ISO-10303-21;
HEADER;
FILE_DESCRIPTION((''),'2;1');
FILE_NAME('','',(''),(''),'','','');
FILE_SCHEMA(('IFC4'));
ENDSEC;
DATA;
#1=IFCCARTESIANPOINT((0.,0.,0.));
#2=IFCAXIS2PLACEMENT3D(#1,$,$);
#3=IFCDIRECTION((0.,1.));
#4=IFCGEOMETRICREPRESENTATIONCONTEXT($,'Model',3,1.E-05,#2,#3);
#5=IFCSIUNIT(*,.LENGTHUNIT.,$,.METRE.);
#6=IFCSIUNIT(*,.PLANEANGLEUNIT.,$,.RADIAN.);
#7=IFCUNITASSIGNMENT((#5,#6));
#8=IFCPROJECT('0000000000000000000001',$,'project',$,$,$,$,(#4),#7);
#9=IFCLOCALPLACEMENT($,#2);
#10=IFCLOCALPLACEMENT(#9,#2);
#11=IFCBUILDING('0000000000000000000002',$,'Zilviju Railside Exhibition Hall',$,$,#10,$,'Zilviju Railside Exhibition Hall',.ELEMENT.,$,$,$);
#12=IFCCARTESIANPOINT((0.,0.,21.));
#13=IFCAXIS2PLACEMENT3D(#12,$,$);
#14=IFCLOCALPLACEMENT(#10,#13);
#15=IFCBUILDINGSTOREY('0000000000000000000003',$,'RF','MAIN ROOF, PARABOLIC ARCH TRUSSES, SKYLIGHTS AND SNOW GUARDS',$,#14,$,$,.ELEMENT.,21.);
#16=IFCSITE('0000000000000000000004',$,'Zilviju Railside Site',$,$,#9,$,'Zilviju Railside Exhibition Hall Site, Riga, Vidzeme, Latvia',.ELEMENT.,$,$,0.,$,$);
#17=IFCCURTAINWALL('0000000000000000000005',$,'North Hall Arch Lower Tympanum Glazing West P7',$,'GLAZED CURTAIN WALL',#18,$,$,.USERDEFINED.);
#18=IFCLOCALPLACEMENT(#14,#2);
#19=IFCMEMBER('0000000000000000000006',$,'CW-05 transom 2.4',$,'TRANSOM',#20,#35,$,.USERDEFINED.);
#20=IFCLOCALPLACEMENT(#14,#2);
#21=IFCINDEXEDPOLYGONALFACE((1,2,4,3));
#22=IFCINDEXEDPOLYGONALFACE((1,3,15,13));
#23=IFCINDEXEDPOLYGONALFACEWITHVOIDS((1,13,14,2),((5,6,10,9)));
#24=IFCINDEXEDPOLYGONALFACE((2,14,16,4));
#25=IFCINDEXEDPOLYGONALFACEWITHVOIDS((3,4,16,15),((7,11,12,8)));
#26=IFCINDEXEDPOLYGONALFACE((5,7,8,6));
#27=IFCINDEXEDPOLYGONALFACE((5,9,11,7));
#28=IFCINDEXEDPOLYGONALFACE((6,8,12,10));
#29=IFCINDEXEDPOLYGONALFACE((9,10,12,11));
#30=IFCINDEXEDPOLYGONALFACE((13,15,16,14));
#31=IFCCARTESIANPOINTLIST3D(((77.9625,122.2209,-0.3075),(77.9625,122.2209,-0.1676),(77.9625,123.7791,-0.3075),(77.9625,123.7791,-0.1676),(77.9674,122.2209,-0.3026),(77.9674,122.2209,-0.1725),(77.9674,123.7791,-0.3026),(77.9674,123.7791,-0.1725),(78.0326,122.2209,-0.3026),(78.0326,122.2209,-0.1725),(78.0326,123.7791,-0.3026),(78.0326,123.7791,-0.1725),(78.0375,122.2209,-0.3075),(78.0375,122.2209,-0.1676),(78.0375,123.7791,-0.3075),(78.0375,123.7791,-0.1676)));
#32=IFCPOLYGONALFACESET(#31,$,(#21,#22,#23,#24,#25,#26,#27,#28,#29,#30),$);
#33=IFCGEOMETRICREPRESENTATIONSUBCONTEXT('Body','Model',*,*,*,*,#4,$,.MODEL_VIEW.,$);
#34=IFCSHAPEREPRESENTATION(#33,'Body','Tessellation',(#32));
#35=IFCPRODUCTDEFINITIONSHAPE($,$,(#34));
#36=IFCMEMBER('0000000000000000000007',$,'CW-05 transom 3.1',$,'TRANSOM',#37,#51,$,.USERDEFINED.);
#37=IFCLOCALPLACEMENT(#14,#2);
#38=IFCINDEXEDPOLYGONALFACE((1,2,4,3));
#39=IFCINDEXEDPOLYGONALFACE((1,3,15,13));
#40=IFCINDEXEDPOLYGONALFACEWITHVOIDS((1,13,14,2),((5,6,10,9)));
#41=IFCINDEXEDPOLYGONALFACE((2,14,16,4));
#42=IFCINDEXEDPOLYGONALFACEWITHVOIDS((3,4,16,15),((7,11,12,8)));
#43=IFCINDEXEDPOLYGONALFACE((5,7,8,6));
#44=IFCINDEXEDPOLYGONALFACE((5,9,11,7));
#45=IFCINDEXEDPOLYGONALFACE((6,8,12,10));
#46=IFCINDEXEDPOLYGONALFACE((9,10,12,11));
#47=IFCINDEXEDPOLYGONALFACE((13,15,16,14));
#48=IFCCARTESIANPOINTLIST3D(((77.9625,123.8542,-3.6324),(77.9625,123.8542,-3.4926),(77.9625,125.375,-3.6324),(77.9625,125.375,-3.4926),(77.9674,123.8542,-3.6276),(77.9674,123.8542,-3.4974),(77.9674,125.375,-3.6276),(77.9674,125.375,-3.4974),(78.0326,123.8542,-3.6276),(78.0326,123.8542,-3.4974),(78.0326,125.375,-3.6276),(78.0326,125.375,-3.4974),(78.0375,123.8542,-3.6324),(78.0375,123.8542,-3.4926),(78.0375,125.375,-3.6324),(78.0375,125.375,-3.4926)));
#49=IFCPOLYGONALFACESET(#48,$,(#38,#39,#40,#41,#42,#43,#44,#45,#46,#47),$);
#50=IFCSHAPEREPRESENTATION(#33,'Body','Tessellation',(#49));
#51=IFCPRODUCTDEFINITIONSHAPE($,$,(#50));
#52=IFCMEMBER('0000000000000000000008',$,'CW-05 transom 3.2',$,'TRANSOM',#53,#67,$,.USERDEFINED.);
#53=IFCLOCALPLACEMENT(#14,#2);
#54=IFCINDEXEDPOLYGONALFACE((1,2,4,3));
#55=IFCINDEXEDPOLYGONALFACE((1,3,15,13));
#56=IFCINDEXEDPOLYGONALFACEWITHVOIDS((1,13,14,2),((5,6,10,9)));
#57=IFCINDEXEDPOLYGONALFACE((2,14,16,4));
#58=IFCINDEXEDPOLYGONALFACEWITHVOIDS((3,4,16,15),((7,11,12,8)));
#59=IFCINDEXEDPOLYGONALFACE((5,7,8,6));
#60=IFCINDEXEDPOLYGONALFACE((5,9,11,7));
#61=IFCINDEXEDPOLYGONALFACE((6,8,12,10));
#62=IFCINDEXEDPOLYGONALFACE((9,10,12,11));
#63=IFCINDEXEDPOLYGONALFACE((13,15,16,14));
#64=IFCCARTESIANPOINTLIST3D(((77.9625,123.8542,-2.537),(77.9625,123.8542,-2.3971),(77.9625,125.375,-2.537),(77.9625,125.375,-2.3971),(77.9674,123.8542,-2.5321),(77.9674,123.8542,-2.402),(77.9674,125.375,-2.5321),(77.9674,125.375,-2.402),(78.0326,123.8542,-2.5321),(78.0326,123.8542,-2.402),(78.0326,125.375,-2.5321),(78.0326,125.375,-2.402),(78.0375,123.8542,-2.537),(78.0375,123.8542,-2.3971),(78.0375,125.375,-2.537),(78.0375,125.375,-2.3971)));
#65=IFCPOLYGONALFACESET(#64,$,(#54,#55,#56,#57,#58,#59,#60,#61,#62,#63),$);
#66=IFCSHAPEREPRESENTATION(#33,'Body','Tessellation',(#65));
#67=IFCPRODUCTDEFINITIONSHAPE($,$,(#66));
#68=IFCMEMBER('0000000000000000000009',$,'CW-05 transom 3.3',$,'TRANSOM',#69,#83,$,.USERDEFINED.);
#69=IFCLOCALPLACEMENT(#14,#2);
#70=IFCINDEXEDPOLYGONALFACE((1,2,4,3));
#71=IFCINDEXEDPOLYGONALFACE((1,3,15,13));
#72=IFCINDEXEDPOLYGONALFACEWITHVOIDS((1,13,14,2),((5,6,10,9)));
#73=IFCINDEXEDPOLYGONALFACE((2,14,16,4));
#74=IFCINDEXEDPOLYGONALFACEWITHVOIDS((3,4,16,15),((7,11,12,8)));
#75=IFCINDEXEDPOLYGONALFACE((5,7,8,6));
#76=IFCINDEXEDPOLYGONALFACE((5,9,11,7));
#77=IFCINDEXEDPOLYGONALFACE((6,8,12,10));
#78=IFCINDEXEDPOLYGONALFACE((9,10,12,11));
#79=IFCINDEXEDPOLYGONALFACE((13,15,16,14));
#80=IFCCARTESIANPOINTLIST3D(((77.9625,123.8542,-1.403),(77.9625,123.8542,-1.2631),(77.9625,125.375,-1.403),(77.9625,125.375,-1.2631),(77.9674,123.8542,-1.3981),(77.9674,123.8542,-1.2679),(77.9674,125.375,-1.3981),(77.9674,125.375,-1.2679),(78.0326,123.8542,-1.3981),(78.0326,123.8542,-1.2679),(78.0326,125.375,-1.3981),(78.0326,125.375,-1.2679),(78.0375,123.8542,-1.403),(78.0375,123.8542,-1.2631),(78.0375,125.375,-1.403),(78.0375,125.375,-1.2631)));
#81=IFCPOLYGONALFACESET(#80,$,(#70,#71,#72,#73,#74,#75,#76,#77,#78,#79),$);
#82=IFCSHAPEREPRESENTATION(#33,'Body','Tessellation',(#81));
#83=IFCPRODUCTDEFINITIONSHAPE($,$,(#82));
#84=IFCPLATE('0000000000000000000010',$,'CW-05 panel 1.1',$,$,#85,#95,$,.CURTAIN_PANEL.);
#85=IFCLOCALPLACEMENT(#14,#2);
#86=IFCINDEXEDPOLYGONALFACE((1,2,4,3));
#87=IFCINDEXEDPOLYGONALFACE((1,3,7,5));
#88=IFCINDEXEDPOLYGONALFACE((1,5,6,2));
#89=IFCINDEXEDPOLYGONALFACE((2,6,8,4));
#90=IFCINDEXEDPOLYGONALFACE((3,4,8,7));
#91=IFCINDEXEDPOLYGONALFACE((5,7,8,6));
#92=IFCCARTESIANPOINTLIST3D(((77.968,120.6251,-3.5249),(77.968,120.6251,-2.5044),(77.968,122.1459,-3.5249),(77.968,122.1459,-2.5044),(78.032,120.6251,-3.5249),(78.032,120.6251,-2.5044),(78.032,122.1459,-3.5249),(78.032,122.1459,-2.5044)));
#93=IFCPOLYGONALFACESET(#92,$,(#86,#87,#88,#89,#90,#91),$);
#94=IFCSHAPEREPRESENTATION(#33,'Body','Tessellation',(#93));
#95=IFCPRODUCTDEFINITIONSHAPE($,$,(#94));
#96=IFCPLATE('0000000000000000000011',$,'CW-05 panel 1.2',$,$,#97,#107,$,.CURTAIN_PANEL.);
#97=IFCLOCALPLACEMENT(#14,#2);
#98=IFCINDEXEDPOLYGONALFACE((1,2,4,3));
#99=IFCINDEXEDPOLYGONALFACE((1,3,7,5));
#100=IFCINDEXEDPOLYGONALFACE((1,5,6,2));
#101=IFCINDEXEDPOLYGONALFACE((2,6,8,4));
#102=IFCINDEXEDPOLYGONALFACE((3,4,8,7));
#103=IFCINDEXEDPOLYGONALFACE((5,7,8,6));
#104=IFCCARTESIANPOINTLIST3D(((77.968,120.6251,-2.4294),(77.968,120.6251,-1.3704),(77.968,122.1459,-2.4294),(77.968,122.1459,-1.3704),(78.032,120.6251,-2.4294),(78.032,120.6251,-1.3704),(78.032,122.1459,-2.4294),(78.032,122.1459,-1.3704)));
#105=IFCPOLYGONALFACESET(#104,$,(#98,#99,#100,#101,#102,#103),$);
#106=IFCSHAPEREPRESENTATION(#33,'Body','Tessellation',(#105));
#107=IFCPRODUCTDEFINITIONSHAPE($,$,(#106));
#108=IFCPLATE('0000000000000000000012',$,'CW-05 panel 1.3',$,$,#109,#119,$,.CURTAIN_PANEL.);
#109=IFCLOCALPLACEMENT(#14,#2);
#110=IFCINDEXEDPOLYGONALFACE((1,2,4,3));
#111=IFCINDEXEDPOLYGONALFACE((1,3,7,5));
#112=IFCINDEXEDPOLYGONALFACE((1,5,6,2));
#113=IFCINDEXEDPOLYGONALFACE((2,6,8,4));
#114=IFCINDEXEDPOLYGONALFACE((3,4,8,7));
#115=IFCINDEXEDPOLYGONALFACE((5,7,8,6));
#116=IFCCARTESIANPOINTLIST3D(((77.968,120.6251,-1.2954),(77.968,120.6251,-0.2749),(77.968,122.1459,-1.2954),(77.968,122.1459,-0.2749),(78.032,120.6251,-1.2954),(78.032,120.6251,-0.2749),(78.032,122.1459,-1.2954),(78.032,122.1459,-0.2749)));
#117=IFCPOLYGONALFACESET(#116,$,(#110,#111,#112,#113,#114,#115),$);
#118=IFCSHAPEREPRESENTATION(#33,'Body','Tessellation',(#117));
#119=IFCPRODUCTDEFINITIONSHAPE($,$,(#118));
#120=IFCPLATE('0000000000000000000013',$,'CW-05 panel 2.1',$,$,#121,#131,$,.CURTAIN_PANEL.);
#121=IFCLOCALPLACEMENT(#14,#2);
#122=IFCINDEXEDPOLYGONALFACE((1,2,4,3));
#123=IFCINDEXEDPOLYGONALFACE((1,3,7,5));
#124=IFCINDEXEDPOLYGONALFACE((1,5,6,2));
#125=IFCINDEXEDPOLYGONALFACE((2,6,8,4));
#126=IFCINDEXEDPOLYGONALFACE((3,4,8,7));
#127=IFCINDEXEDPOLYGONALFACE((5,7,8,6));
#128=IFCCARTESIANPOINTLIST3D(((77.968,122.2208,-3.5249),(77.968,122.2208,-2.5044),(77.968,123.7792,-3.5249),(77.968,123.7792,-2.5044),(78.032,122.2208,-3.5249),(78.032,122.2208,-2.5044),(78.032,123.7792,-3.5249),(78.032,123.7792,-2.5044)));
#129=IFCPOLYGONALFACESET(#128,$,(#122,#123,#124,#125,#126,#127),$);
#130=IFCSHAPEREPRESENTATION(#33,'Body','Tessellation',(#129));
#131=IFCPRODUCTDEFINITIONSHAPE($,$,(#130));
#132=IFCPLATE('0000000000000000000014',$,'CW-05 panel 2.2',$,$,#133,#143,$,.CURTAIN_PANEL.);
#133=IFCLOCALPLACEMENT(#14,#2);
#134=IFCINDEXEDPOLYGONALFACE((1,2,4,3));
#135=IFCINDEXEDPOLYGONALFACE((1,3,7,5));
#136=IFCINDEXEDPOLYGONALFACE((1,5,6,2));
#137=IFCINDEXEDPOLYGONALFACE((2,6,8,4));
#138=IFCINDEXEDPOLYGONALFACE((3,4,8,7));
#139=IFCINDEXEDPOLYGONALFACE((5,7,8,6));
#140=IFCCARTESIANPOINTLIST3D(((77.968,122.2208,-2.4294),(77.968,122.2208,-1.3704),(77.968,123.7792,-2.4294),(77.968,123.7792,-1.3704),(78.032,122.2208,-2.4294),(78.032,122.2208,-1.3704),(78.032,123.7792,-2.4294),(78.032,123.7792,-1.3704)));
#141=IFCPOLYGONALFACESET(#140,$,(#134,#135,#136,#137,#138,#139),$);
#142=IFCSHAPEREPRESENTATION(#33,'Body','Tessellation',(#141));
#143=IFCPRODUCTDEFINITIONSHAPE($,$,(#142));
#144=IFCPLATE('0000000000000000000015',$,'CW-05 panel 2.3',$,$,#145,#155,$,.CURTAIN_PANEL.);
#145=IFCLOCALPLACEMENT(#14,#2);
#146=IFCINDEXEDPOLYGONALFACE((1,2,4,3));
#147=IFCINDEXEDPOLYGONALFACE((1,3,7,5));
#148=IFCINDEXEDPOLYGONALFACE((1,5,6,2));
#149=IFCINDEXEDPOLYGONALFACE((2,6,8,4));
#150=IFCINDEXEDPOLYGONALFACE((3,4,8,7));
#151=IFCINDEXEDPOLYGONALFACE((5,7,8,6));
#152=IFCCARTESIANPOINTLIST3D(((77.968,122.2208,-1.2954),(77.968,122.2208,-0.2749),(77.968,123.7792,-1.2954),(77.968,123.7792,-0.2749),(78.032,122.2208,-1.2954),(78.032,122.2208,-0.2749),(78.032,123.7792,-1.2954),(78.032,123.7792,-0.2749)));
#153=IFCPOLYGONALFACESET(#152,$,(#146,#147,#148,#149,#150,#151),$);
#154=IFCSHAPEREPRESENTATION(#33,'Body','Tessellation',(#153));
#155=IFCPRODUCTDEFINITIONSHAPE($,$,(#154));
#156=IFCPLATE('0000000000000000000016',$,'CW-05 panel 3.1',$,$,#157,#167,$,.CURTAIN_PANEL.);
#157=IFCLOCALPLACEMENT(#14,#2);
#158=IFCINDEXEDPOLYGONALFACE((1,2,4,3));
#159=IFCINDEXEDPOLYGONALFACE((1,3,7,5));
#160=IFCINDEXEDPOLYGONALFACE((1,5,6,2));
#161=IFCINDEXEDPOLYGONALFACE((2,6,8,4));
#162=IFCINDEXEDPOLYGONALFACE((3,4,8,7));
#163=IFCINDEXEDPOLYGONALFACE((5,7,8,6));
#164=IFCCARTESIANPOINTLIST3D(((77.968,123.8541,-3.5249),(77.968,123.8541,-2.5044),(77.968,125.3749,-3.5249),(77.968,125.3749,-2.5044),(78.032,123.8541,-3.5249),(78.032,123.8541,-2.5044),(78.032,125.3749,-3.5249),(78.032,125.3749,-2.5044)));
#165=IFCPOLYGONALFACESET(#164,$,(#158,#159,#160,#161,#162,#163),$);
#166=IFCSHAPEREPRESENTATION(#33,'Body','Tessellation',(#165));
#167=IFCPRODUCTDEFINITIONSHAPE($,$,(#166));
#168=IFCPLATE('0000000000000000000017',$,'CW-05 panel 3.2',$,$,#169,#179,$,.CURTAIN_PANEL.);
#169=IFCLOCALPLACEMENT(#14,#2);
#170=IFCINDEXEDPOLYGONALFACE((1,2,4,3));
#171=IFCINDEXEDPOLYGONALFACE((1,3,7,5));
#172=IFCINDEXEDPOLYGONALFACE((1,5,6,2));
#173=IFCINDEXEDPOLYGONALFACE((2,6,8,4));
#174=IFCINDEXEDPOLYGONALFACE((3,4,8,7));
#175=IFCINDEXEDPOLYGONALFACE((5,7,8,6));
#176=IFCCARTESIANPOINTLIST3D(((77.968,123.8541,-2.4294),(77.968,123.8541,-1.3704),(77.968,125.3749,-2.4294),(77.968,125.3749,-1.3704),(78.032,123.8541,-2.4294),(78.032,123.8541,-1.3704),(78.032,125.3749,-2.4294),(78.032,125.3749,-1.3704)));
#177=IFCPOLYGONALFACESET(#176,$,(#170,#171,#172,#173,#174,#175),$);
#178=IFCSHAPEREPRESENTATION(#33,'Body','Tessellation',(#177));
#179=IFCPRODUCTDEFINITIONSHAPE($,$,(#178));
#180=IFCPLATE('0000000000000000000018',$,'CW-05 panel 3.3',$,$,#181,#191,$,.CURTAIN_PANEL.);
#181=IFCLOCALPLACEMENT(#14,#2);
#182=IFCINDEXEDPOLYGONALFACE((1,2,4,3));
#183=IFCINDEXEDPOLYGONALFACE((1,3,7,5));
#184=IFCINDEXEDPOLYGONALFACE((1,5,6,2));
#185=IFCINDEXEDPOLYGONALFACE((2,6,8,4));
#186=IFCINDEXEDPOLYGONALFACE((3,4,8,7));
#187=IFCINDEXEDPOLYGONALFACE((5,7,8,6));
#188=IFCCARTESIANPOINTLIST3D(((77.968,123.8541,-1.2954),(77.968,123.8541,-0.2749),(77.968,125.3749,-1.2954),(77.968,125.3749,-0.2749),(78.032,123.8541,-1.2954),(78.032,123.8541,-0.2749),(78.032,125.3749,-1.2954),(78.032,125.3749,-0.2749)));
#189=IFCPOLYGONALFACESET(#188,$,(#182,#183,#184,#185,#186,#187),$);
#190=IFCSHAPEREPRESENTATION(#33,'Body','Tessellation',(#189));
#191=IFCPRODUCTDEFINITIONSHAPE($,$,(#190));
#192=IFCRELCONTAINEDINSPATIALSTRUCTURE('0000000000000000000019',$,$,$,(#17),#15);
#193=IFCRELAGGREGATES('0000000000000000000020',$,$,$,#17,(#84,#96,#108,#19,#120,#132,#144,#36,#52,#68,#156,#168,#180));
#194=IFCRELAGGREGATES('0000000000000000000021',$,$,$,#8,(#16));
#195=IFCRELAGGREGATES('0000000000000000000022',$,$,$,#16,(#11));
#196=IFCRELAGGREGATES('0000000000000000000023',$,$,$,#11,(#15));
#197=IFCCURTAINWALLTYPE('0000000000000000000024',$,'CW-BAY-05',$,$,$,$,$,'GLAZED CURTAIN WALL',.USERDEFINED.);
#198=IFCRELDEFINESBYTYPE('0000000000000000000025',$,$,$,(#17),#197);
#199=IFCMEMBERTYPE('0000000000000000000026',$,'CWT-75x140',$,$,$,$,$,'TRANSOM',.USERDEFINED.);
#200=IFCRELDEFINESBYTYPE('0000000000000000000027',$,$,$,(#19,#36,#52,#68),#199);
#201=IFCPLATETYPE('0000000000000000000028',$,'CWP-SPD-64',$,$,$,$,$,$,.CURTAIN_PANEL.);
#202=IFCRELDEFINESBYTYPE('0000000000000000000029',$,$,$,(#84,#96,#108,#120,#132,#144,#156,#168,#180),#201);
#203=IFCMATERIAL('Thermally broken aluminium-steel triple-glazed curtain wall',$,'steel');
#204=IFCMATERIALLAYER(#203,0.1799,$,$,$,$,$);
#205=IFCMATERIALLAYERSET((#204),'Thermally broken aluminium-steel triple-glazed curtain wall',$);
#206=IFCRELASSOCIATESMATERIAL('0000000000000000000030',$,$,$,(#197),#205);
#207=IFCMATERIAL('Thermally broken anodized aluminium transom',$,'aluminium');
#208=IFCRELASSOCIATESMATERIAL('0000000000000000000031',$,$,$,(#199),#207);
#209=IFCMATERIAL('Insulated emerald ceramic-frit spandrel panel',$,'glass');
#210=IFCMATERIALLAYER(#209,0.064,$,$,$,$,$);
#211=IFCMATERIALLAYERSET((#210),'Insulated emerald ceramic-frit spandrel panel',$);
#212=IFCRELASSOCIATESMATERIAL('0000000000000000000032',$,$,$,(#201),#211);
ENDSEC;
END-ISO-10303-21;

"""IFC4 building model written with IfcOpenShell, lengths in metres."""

from ifc_helpers import new_model, si_unit, direction, frame, origin, origin_2d, place, context, subcontext, project, spatial, rectangle, hollow_rectangle, extrude, material, layer, layer_set, material_profile, profile_set, type_object, element, aggregate, save


model = new_model("IFC4")

# Units and contexts
model_context = context("Model", 3, precision=1e-05, world=origin(), true_north=direction((0.0, 1.0)))
body_context = subcontext(model_context, "Body", "Model", "MODEL_VIEW")
ifc_project = project(units=[si_unit("LENGTHUNIT", "METRE"), si_unit("PLANEANGLEUNIT", "RADIAN")], contexts=[model_context])

# Site, building, storey
site_placement = place(None, origin())
site = spatial("IfcSite", under=ifc_project, at=site_placement, Name="Zilviju Railside Site", LongName="Zilviju Railside Exhibition Hall Site, Riga, Vidzeme, Latvia", CompositionType="ELEMENT", RefElevation=0.0)
building_placement = place(site_placement, origin())
building = spatial("IfcBuilding", under=site, at=building_placement, Name="Zilviju Railside Exhibition Hall", LongName="Zilviju Railside Exhibition Hall", CompositionType="ELEMENT")
storey_placement = place(building_placement, frame((0.0, 0.0, 21.0)))
storey = spatial("IfcBuildingStorey", under=building, at=storey_placement, Name="RF", Description="MAIN ROOF, PARABOLIC ARCH TRUSSES, SKYLIGHTS AND SNOW GUARDS", CompositionType="ELEMENT", Elevation=21.0)

# Curtain wall, members, plates
ifc_material_1 = material(Name="Thermally broken aluminium-steel triple-glazed curtain wall", Category="steel")
ifc_layer_1 = layer(ifc_material_1, 0.1799)
ifc_layer_set_1 = layer_set([ifc_layer_1], Name="Thermally broken aluminium-steel triple-glazed curtain wall")
curtain_wall_type = type_object("IfcCurtainWallType", Name="CW-BAY-05", ElementType="GLAZED CURTAIN WALL", PredefinedType="USERDEFINED", material=ifc_layer_set_1)
curtain_wall_placement = place(storey_placement, origin())
curtain_wall = element("IfcCurtainWall", 1, at=curtain_wall_placement, inside=storey, type_object=curtain_wall_type, Name="North Hall Arch Lower Tympanum Glazing West P7", ObjectType="GLAZED CURTAIN WALL", PredefinedType="USERDEFINED")
ifc_material_2 = material(Name="Thermally broken anodized aluminium transom", Category="aluminium")
ifc_material_profile_1 = material_profile(ifc_material_2, hollow_rectangle(XDim=0.075, YDim=0.1399, WallThickness=0.0049, at=origin_2d()), Name="TRANSOM 140x75x5")
ifc_profile_set_1 = profile_set([ifc_material_profile_1], Name="Thermally broken anodized aluminium transom")
member_type_1 = type_object("IfcMemberType", Name="CWT-75x140", ElementType="TRANSOM", PredefinedType="USERDEFINED", material=ifc_profile_set_1)
member_1_placement = place(storey_placement, frame((78.0, 122.2209, -0.2375), z_axis=(0.0, 1.0, 0.0), x_axis=(-1.0, 0.0, 0.0)))
member_1 = element("IfcMember", 2, at=member_1_placement, type_object=member_type_1, Name="CW-05 transom 2.4", ObjectType="TRANSOM", PredefinedType="USERDEFINED", context=body_context, shape_type="SweptSolid", body=[
    extrude(hollow_rectangle(XDim=0.075, YDim=0.1399, WallThickness=0.0049, at=origin_2d()), origin(), (0.0, 0.0, 1.0), 1.5581),
])
member_2_placement = place(storey_placement, frame((78.0, 123.8542, -3.5625), z_axis=(0.0, 1.0, 0.0), x_axis=(-1.0, 0.0, 0.0)))
member_2 = element("IfcMember", 3, at=member_2_placement, type_object=member_type_1, Name="CW-05 transom 3.1", ObjectType="TRANSOM", PredefinedType="USERDEFINED", context=body_context, shape_type="SweptSolid", body=[
    extrude(hollow_rectangle(XDim=0.075, YDim=0.1399, WallThickness=0.0049, at=origin_2d()), origin(), (0.0, 0.0, 1.0), 1.5208),
])
member_3_placement = place(storey_placement, frame((78.0, 123.8542, -2.467), z_axis=(0.0, 1.0, 0.0), x_axis=(-1.0, 0.0, 0.0)))
member_3 = element("IfcMember", 4, at=member_3_placement, type_object=member_type_1, Name="CW-05 transom 3.2", ObjectType="TRANSOM", PredefinedType="USERDEFINED", context=body_context, shape_type="SweptSolid", body=[
    extrude(hollow_rectangle(XDim=0.075, YDim=0.1399, WallThickness=0.0049, at=origin_2d()), origin(), (0.0, 0.0, 1.0), 1.5208),
])
member_4_placement = place(storey_placement, frame((78.0, 123.8542, -1.333), z_axis=(0.0, 1.0, 0.0), x_axis=(-1.0, 0.0, 0.0)))
member_4 = element("IfcMember", 5, at=member_4_placement, type_object=member_type_1, Name="CW-05 transom 3.3", ObjectType="TRANSOM", PredefinedType="USERDEFINED", context=body_context, shape_type="SweptSolid", body=[
    extrude(hollow_rectangle(XDim=0.075, YDim=0.1399, WallThickness=0.0049, at=origin_2d()), origin(), (0.0, 0.0, 1.0), 1.5208),
])
ifc_material_3 = material(Name="Insulated emerald ceramic-frit spandrel panel", Category="glass")
ifc_layer_2 = layer(ifc_material_3, 0.064)
ifc_layer_set_2 = layer_set([ifc_layer_2], Name="Insulated emerald ceramic-frit spandrel panel")
plate_type = type_object("IfcPlateType", Name="CWP-SPD-64", PredefinedType="CURTAIN_PANEL", material=ifc_layer_set_2)
plate_1_placement = place(storey_placement, frame((78.0, 121.3855, -3.5249), z_axis=(0.0, 0.0, 1.0), x_axis=(0.0, 1.0, 0.0)))
plate_1 = element("IfcPlate", 6, at=plate_1_placement, type_object=plate_type, Name="CW-05 panel 1.1", PredefinedType="CURTAIN_PANEL", context=body_context, shape_type="SweptSolid", body=[
    extrude(rectangle(XDim=1.5208, YDim=0.064, at=origin_2d()), origin(), (0.0, 0.0, 1.0), 1.0205),
])
plate_2_placement = place(storey_placement, frame((78.0, 121.3855, -2.4294), z_axis=(0.0, 0.0, 1.0), x_axis=(0.0, 1.0, 0.0)))
plate_2 = element("IfcPlate", 7, at=plate_2_placement, type_object=plate_type, Name="CW-05 panel 1.2", PredefinedType="CURTAIN_PANEL", context=body_context, shape_type="SweptSolid", body=[
    extrude(rectangle(XDim=1.5208, YDim=0.064, at=origin_2d()), origin(), (0.0, 0.0, 1.0), 1.0591),
])
plate_3_placement = place(storey_placement, frame((78.0, 121.3855, -1.2954), z_axis=(0.0, 0.0, 1.0), x_axis=(0.0, 1.0, 0.0)))
plate_3 = element("IfcPlate", 8, at=plate_3_placement, type_object=plate_type, Name="CW-05 panel 1.3", PredefinedType="CURTAIN_PANEL", context=body_context, shape_type="SweptSolid", body=[
    extrude(rectangle(XDim=1.5208, YDim=0.064, at=origin_2d()), origin(), (0.0, 0.0, 1.0), 1.0205),
])
plate_4_placement = place(storey_placement, frame((78.0, 123.0, -3.5249), z_axis=(0.0, 0.0, 1.0), x_axis=(0.0, 1.0, 0.0)))
plate_4 = element("IfcPlate", 9, at=plate_4_placement, type_object=plate_type, Name="CW-05 panel 2.1", PredefinedType="CURTAIN_PANEL", context=body_context, shape_type="SweptSolid", body=[
    extrude(rectangle(XDim=1.5583, YDim=0.064, at=origin_2d()), origin(), (0.0, 0.0, 1.0), 1.0205),
])
plate_5_placement = place(storey_placement, frame((78.0, 123.0, -2.4294), z_axis=(0.0, 0.0, 1.0), x_axis=(0.0, 1.0, 0.0)))
plate_5 = element("IfcPlate", 10, at=plate_5_placement, type_object=plate_type, Name="CW-05 panel 2.2", PredefinedType="CURTAIN_PANEL", context=body_context, shape_type="SweptSolid", body=[
    extrude(rectangle(XDim=1.5583, YDim=0.064, at=origin_2d()), origin(), (0.0, 0.0, 1.0), 1.0591),
])
plate_6_placement = place(storey_placement, frame((78.0, 123.0, -1.2954), z_axis=(0.0, 0.0, 1.0), x_axis=(0.0, 1.0, 0.0)))
plate_6 = element("IfcPlate", 11, at=plate_6_placement, type_object=plate_type, Name="CW-05 panel 2.3", PredefinedType="CURTAIN_PANEL", context=body_context, shape_type="SweptSolid", body=[
    extrude(rectangle(XDim=1.5583, YDim=0.064, at=origin_2d()), origin(), (0.0, 0.0, 1.0), 1.0205),
])
plate_7_placement = place(storey_placement, frame((78.0, 124.6145, -3.5249), z_axis=(0.0, 0.0, 1.0), x_axis=(0.0, 1.0, 0.0)))
plate_7 = element("IfcPlate", 12, at=plate_7_placement, type_object=plate_type, Name="CW-05 panel 3.1", PredefinedType="CURTAIN_PANEL", context=body_context, shape_type="SweptSolid", body=[
    extrude(rectangle(XDim=1.5208, YDim=0.064, at=origin_2d()), origin(), (0.0, 0.0, 1.0), 1.0205),
])
plate_8_placement = place(storey_placement, frame((78.0, 124.6145, -2.4294), z_axis=(0.0, 0.0, 1.0), x_axis=(0.0, 1.0, 0.0)))
plate_8 = element("IfcPlate", 13, at=plate_8_placement, type_object=plate_type, Name="CW-05 panel 3.2", PredefinedType="CURTAIN_PANEL", context=body_context, shape_type="SweptSolid", body=[
    extrude(rectangle(XDim=1.5208, YDim=0.064, at=origin_2d()), origin(), (0.0, 0.0, 1.0), 1.0591),
])
plate_9_placement = place(storey_placement, frame((78.0, 124.6145, -1.2954), z_axis=(0.0, 0.0, 1.0), x_axis=(0.0, 1.0, 0.0)))
plate_9 = element("IfcPlate", 14, at=plate_9_placement, type_object=plate_type, Name="CW-05 panel 3.3", PredefinedType="CURTAIN_PANEL", context=body_context, shape_type="SweptSolid", body=[
    extrude(rectangle(XDim=1.5208, YDim=0.064, at=origin_2d()), origin(), (0.0, 0.0, 1.0), 1.0205),
])
aggregate(curtain_wall, [plate_1, plate_2, plate_3, member_1, plate_4, plate_5, plate_6, member_2, member_3, member_4, plate_7, plate_8, plate_9])

save(model, "model.ifc")
